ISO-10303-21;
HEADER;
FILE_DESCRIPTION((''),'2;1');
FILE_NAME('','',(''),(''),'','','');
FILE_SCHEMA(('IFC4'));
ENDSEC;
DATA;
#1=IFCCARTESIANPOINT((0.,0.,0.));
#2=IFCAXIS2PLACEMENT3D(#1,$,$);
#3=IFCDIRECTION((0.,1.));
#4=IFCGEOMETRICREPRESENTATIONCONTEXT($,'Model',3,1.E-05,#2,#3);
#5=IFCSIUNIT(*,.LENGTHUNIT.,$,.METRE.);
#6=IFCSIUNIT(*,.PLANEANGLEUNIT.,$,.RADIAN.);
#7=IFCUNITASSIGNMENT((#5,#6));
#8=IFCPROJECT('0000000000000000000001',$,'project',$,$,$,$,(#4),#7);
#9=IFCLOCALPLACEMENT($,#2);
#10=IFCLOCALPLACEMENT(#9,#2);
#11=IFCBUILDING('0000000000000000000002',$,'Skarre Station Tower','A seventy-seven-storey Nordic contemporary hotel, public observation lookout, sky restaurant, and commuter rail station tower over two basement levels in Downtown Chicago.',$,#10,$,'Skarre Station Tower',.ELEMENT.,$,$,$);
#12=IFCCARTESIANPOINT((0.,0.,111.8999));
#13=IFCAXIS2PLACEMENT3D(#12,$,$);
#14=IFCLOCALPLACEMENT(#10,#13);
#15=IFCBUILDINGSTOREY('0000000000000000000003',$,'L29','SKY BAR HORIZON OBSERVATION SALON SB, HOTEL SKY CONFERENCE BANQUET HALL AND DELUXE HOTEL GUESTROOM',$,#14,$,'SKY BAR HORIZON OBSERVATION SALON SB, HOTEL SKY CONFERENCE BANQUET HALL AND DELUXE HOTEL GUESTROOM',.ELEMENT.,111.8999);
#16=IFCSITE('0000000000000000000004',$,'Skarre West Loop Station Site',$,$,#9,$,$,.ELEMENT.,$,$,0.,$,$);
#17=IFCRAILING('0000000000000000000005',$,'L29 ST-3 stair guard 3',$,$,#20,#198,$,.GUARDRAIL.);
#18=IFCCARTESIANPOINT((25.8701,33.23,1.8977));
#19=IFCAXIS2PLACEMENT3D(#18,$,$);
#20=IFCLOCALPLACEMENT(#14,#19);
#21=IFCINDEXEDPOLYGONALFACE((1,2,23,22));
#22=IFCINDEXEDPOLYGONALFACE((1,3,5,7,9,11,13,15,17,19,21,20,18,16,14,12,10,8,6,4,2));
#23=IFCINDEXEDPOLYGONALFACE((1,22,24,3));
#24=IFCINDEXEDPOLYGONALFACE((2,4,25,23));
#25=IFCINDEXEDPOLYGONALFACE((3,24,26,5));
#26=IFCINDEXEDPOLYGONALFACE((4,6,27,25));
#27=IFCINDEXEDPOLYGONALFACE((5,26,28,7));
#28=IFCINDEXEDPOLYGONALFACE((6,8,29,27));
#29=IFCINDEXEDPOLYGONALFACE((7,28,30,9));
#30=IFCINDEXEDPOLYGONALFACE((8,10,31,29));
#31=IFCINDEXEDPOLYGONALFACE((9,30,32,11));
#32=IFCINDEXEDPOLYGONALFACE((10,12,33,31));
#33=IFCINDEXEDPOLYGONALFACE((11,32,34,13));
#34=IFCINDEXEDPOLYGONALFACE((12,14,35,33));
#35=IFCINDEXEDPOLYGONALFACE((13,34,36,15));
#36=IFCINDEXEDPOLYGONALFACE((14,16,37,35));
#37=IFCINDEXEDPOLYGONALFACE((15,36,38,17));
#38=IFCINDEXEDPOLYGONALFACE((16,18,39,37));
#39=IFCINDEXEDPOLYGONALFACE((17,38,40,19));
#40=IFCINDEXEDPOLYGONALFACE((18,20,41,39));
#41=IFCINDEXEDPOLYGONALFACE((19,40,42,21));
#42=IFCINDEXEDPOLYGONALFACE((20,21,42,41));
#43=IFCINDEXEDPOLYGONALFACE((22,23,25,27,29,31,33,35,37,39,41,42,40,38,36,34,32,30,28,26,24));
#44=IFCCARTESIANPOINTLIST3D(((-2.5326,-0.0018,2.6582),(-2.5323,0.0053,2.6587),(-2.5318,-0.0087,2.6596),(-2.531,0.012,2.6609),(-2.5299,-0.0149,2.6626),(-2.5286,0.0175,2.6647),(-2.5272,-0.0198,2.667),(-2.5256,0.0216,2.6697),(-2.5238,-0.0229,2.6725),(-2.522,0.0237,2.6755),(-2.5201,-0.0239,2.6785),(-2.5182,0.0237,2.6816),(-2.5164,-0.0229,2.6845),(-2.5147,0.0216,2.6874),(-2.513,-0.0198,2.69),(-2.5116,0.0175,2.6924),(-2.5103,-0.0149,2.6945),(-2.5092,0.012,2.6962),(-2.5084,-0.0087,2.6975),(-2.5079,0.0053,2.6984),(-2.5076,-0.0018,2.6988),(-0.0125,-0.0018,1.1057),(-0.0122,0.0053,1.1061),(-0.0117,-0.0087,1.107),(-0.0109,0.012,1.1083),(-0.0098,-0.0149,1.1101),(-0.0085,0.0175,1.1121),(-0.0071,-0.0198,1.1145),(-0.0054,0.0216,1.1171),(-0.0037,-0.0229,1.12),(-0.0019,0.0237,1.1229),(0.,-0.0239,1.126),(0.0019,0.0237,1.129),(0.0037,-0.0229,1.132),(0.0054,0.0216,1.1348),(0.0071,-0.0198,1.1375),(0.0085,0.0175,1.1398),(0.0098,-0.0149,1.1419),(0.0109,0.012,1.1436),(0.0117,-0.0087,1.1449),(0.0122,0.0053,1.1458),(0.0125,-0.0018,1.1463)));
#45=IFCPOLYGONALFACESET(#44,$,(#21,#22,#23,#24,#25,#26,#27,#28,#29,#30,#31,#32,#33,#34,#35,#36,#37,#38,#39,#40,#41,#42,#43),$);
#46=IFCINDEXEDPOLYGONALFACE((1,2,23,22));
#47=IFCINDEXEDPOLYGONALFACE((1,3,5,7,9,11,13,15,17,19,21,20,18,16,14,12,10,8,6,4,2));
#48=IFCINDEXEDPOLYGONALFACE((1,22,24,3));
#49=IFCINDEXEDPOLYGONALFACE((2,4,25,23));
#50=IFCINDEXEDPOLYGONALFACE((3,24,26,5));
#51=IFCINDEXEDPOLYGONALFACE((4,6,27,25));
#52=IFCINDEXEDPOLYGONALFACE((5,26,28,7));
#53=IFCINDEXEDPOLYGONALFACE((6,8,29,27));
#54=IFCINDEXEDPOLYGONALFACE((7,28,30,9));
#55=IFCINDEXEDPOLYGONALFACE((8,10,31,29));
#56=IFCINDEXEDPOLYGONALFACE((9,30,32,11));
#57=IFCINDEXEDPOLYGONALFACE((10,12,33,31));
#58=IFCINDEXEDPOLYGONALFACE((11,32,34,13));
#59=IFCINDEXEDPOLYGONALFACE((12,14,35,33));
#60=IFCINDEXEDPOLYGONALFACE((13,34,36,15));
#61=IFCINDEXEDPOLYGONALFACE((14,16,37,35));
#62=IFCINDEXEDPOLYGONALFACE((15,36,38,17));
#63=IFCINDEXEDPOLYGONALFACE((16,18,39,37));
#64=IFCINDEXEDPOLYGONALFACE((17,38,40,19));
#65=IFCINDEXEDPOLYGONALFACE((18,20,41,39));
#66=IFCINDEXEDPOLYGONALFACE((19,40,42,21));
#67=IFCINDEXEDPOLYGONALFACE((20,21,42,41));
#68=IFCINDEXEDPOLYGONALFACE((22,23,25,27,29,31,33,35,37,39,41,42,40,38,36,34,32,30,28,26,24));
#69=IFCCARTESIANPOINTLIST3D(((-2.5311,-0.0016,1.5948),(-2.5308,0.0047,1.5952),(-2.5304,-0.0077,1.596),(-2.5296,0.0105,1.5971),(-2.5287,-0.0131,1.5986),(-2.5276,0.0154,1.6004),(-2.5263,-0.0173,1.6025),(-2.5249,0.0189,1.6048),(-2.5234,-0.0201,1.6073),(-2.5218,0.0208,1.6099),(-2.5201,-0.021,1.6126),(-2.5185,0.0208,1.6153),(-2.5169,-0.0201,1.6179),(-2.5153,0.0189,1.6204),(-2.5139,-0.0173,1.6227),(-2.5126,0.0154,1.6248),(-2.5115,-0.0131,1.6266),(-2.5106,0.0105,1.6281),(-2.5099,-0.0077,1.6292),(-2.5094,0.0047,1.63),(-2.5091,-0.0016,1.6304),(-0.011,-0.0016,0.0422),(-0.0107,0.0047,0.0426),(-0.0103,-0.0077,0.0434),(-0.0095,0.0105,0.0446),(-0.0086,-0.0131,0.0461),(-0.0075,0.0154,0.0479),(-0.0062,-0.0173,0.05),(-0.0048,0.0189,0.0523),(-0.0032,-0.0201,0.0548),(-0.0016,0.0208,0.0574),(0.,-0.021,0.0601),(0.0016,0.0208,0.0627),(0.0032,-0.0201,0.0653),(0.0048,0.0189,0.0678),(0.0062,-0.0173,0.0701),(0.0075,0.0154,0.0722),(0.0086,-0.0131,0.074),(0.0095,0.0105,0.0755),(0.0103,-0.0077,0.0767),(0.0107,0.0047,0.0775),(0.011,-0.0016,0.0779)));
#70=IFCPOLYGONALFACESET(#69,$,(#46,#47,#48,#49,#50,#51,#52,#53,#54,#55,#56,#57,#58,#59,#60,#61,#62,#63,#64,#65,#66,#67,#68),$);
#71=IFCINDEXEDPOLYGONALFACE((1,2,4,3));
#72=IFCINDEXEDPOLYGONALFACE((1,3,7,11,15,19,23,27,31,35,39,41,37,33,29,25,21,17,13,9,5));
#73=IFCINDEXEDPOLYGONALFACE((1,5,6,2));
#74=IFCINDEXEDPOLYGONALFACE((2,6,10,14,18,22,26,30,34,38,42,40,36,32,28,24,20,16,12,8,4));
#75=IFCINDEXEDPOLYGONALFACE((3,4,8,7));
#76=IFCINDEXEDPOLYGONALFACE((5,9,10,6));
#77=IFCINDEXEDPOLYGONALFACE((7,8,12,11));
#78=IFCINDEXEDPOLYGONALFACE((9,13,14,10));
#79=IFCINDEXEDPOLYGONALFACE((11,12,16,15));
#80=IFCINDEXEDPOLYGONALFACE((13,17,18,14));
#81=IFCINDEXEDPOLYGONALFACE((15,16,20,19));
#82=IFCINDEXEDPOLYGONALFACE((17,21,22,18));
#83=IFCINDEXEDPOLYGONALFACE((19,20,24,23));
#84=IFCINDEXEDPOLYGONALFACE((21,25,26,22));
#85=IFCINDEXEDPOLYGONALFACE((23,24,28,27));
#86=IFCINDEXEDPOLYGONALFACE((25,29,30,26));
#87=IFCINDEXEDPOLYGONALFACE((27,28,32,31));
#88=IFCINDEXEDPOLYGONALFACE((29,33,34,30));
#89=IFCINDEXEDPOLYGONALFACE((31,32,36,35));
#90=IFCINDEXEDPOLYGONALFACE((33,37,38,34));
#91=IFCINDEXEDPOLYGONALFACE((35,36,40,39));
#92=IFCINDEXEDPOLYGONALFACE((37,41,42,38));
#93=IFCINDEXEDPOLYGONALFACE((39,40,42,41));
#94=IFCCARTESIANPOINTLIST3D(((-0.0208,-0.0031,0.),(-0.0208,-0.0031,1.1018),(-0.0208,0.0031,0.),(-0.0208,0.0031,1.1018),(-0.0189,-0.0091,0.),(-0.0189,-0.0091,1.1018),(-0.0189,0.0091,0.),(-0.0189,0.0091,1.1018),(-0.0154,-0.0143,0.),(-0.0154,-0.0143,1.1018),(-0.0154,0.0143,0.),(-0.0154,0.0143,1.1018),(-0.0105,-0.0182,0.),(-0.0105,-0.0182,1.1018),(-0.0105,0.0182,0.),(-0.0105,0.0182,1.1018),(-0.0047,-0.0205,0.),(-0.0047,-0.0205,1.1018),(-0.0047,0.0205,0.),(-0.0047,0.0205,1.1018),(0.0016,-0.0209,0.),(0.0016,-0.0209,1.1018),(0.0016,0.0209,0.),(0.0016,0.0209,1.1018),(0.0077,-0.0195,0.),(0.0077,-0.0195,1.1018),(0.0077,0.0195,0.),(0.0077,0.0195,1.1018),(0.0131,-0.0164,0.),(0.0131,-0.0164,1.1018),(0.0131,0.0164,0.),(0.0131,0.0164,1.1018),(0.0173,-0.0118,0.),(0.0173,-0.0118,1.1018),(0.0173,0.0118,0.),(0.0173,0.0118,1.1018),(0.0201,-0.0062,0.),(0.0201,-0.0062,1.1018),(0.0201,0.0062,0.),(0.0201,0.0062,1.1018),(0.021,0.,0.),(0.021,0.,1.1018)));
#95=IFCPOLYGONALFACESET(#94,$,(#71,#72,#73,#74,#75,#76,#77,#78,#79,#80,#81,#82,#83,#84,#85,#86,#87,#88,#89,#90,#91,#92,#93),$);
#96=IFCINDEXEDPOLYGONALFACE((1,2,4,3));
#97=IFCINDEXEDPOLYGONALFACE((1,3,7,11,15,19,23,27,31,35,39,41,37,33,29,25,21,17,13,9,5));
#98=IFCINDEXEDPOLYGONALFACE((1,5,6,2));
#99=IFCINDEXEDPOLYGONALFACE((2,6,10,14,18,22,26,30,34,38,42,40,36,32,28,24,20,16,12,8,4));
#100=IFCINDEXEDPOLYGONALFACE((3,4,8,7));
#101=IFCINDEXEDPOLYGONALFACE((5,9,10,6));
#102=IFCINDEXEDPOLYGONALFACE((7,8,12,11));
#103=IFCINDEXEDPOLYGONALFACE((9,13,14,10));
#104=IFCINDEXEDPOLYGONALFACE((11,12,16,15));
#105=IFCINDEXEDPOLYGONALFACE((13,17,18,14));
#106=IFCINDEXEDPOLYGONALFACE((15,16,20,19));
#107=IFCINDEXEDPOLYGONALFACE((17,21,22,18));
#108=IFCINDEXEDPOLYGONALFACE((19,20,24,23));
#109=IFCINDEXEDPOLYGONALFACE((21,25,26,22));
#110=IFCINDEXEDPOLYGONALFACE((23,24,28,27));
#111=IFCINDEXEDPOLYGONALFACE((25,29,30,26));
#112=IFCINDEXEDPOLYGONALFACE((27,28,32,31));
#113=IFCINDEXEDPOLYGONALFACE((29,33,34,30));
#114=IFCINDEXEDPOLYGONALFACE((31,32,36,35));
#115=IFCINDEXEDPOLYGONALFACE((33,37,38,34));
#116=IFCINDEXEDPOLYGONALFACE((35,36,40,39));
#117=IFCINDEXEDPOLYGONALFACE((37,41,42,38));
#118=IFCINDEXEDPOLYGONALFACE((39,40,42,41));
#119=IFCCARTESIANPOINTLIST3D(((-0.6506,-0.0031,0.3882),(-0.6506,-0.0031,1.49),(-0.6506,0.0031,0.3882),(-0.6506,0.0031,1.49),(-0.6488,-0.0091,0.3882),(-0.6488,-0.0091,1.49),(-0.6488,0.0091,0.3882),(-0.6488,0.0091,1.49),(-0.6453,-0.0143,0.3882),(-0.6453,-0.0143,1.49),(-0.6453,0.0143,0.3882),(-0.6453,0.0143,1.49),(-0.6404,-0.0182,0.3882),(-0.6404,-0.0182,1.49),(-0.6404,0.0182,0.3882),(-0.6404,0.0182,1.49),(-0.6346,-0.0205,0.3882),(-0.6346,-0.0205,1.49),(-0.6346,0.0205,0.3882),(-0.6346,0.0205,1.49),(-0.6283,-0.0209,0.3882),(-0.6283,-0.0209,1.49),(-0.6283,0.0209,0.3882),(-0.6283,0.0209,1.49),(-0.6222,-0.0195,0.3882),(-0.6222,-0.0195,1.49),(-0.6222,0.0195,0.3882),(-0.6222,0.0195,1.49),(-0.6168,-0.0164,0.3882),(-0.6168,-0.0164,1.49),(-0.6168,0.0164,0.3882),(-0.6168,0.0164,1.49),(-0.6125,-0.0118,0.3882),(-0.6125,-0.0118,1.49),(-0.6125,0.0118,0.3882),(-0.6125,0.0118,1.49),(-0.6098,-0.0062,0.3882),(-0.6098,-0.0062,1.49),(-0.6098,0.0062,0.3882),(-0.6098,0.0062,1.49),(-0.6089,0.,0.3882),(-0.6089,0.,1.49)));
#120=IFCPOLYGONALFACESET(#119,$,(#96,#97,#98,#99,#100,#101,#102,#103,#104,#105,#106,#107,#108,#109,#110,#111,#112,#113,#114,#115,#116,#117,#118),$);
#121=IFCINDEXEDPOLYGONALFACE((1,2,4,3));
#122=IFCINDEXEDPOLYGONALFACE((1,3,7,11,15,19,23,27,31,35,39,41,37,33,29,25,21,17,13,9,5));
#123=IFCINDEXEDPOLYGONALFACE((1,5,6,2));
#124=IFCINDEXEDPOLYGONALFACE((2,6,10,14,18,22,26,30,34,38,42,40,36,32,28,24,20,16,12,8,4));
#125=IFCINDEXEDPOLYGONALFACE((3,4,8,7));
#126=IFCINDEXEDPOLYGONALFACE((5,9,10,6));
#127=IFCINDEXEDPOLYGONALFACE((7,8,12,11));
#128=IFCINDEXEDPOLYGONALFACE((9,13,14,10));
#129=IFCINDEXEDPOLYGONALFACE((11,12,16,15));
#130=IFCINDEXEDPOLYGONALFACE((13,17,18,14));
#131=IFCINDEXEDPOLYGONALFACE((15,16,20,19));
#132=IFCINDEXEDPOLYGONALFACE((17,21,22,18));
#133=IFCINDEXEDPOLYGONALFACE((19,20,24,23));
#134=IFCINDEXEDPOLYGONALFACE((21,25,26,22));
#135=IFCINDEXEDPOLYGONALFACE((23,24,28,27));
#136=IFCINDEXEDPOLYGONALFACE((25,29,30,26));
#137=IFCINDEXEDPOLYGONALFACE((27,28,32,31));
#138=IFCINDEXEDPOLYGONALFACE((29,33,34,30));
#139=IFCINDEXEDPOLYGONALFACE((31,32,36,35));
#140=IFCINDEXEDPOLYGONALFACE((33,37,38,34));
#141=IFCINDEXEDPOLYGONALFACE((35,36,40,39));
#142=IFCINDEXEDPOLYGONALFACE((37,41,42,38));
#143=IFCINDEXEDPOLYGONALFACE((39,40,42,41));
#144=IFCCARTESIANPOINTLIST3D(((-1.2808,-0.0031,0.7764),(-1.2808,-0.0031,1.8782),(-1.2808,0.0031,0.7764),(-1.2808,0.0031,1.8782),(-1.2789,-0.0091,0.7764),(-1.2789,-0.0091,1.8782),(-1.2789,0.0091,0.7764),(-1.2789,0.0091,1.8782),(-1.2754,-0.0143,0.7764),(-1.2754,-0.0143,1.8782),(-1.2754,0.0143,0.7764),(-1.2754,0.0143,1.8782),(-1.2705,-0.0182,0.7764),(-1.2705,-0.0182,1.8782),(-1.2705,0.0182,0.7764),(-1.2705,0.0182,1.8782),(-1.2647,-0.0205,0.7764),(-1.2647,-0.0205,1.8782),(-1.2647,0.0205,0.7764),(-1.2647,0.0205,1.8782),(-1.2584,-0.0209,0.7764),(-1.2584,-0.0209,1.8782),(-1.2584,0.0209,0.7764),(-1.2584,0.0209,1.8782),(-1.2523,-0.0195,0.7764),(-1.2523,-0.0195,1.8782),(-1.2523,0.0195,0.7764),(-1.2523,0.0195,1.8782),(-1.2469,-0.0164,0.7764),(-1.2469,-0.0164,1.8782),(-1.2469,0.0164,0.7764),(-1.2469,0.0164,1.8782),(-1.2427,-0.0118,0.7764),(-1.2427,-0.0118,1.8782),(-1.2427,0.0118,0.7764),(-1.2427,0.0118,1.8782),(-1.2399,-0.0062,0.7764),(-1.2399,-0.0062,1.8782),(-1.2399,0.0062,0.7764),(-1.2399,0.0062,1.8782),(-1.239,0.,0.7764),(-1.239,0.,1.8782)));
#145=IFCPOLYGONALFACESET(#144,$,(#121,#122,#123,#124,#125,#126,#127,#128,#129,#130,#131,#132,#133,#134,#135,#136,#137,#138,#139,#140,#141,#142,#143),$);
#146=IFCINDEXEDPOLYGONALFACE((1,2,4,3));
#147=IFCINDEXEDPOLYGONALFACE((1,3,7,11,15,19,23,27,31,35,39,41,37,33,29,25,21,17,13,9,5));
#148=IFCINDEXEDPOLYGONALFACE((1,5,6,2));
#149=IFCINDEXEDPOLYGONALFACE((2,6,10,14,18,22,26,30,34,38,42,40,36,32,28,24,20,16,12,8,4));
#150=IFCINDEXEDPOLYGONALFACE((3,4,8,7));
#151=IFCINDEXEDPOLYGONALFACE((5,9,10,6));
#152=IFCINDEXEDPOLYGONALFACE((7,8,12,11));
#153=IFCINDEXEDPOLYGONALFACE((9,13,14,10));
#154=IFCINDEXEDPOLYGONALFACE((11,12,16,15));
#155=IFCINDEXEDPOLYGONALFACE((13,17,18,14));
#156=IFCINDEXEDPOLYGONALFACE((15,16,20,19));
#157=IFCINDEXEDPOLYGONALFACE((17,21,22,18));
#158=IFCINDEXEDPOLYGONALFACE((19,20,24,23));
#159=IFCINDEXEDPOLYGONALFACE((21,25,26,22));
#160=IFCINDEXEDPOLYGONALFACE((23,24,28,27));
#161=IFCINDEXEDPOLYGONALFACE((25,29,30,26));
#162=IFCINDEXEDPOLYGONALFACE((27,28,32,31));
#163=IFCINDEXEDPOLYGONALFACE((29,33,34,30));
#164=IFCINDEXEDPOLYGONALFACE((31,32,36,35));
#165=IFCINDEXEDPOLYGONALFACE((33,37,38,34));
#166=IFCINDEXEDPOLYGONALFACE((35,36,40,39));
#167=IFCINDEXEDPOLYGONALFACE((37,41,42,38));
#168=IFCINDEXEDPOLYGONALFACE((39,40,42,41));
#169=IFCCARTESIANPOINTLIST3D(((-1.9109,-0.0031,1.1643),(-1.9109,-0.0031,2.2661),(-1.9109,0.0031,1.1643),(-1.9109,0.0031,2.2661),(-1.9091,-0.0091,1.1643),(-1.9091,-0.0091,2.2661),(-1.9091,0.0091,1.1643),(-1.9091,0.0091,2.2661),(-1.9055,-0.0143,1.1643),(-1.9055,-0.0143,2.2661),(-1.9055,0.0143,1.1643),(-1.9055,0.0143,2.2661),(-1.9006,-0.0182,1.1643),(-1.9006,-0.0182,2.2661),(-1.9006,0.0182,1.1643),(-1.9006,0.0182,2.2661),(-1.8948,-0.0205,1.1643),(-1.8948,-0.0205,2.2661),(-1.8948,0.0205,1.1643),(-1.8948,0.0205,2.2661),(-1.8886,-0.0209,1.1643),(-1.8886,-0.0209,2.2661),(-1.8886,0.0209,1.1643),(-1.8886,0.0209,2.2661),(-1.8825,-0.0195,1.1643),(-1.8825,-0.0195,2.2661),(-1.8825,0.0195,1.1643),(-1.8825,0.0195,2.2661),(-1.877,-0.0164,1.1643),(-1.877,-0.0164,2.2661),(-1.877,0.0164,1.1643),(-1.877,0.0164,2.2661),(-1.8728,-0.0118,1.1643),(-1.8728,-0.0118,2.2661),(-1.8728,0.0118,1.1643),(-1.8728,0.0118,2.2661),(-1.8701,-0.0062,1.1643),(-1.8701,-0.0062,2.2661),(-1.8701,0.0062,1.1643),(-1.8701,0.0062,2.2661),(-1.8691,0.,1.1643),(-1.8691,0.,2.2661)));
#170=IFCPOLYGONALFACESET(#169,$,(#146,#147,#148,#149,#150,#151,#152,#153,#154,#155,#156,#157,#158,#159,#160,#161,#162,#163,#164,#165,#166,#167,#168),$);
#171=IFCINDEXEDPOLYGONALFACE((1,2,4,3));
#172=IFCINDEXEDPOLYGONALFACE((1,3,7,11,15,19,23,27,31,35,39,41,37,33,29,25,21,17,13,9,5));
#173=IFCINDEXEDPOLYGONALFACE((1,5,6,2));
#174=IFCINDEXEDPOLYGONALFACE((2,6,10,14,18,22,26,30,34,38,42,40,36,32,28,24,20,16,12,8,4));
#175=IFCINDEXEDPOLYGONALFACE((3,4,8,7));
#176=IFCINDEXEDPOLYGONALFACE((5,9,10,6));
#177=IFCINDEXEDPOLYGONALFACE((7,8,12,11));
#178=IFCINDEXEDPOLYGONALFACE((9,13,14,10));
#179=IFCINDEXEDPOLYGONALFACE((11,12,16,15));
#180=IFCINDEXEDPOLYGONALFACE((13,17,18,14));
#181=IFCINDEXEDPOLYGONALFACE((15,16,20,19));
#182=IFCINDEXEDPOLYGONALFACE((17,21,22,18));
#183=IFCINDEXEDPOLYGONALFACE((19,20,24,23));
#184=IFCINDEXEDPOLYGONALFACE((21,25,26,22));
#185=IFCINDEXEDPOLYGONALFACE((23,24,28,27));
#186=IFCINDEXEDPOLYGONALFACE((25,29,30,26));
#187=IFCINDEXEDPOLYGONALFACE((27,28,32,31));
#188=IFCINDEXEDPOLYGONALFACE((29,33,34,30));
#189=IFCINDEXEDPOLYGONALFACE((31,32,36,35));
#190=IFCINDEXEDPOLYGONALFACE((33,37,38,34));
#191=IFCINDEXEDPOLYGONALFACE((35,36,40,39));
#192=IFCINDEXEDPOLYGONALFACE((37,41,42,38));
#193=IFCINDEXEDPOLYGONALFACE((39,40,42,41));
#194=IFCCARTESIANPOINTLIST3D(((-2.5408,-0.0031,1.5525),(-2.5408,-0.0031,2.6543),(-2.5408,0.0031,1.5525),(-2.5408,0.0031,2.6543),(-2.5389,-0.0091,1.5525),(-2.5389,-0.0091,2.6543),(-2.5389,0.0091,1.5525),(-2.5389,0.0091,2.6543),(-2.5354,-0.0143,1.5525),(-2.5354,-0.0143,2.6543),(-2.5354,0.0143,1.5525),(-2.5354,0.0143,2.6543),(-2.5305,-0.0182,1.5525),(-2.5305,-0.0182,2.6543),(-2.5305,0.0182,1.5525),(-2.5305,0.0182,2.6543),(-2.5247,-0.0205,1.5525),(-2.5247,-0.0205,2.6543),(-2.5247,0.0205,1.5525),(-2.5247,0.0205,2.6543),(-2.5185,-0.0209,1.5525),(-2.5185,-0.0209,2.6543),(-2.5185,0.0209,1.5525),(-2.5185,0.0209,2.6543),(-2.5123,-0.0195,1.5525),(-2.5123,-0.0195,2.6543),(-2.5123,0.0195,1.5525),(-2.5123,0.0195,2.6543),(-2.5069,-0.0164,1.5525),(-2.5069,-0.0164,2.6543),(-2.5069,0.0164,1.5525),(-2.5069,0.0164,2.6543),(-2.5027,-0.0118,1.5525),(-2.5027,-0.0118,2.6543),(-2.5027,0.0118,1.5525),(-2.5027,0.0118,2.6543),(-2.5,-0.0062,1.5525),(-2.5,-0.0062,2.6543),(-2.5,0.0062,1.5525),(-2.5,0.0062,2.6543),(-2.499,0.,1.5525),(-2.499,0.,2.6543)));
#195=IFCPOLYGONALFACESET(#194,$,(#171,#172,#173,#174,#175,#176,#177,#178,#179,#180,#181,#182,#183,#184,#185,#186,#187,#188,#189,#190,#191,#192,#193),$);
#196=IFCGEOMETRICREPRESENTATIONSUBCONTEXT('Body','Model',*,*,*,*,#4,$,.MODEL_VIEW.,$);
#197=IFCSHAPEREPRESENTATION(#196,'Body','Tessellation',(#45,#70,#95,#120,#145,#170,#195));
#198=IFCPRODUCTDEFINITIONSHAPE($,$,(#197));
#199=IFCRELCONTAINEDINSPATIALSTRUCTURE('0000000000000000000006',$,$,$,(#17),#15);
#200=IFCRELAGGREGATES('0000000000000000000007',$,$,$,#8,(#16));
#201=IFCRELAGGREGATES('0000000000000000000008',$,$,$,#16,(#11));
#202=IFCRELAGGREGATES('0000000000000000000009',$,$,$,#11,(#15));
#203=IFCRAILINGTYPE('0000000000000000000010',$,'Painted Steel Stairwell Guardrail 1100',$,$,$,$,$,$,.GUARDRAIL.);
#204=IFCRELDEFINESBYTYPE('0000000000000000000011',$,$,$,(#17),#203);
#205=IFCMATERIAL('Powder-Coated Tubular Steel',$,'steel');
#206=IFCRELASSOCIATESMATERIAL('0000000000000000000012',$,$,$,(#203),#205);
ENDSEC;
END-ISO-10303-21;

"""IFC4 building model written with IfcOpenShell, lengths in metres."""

from ifc_helpers import new_model, si_unit, direction, frame, origin, origin_2d, place, context, subcontext, project, spatial, circle, extrude, material, type_object, element, save


model = new_model("IFC4")

# Units and contexts
model_context = context("Model", 3, precision=1e-05, world=origin(), true_north=direction((0.0, 1.0)))
body_context = subcontext(model_context, "Body", "Model", "MODEL_VIEW")
ifc_project = project(units=[si_unit("LENGTHUNIT", "METRE"), si_unit("PLANEANGLEUNIT", "RADIAN")], contexts=[model_context])

# Site, building, storey
site_placement = place(None, origin())
site = spatial("IfcSite", under=ifc_project, at=site_placement, Name="Skarre West Loop Station Site", CompositionType="ELEMENT", RefElevation=0.0)
building_placement = place(site_placement, origin())
building = spatial("IfcBuilding", under=site, at=building_placement, Name="Skarre Station Tower", Description="A seventy-seven-storey Nordic contemporary hotel, public observation lookout, sky restaurant, and commuter rail station tower over two basement levels in Downtown Chicago.", LongName="Skarre Station Tower", CompositionType="ELEMENT")
storey_placement = place(building_placement, frame((0.0, 0.0, 111.8999)))
storey = spatial("IfcBuildingStorey", under=building, at=storey_placement, Name="L29", Description="SKY BAR HORIZON OBSERVATION SALON SB, HOTEL SKY CONFERENCE BANQUET HALL AND DELUXE HOTEL GUESTROOM", LongName="SKY BAR HORIZON OBSERVATION SALON SB, HOTEL SKY CONFERENCE BANQUET HALL AND DELUXE HOTEL GUESTROOM", CompositionType="ELEMENT", Elevation=111.8999)

# Railing
ifc_material_1 = material(Name="Powder-Coated Tubular Steel", Category="steel")
railing_type_1 = type_object("IfcRailingType", Name="Painted Steel Stairwell Guardrail 1100", PredefinedType="GUARDRAIL", material=ifc_material_1)
railing_1_placement = place(storey_placement, frame((25.8701, 33.23, 1.8977)))
element("IfcRailing", 1, at=railing_1_placement, inside=storey, type_object=railing_type_1, Name="L29 ST-3 stair guard 3", PredefinedType="GUARDRAIL", context=body_context, shape_type="SweptSolid", body=[
    extrude(circle(Radius=0.0239, at=origin_2d()), frame((0.0, 0.0, 1.126), z_axis=(-0.8514, 0.0, 0.524516), x_axis=(0.0, -1.0, 0.0)), (0.0, 0.0, 1.0), 2.96),
    extrude(circle(Radius=0.021, at=origin_2d()), frame((0.0, 0.0, 0.0601), z_axis=(-0.8514, 0.0, 0.524516), x_axis=(0.0, -1.0, 0.0)), (0.0, 0.0, 1.0), 2.96),
    extrude(circle(Radius=0.021, at=origin_2d()), origin(), (0.0, 0.0, 1.0), 1.1018),
    extrude(circle(Radius=0.021, at=origin_2d()), frame((-0.6299, 0.0, 0.3882)), (0.0, 0.0, 1.0), 1.1018),
    extrude(circle(Radius=0.021, at=origin_2d()), frame((-1.26, 0.0, 0.7764)), (0.0, 0.0, 1.0), 1.1018),
    extrude(circle(Radius=0.021, at=origin_2d()), frame((-1.8901, 0.0, 1.1643)), (0.0, 0.0, 1.0), 1.1018),
    extrude(circle(Radius=0.021, at=origin_2d()), frame((-2.52, 0.0, 1.5525)), (0.0, 0.0, 1.0), 1.1018),
])

save(model, "model.ifc")
